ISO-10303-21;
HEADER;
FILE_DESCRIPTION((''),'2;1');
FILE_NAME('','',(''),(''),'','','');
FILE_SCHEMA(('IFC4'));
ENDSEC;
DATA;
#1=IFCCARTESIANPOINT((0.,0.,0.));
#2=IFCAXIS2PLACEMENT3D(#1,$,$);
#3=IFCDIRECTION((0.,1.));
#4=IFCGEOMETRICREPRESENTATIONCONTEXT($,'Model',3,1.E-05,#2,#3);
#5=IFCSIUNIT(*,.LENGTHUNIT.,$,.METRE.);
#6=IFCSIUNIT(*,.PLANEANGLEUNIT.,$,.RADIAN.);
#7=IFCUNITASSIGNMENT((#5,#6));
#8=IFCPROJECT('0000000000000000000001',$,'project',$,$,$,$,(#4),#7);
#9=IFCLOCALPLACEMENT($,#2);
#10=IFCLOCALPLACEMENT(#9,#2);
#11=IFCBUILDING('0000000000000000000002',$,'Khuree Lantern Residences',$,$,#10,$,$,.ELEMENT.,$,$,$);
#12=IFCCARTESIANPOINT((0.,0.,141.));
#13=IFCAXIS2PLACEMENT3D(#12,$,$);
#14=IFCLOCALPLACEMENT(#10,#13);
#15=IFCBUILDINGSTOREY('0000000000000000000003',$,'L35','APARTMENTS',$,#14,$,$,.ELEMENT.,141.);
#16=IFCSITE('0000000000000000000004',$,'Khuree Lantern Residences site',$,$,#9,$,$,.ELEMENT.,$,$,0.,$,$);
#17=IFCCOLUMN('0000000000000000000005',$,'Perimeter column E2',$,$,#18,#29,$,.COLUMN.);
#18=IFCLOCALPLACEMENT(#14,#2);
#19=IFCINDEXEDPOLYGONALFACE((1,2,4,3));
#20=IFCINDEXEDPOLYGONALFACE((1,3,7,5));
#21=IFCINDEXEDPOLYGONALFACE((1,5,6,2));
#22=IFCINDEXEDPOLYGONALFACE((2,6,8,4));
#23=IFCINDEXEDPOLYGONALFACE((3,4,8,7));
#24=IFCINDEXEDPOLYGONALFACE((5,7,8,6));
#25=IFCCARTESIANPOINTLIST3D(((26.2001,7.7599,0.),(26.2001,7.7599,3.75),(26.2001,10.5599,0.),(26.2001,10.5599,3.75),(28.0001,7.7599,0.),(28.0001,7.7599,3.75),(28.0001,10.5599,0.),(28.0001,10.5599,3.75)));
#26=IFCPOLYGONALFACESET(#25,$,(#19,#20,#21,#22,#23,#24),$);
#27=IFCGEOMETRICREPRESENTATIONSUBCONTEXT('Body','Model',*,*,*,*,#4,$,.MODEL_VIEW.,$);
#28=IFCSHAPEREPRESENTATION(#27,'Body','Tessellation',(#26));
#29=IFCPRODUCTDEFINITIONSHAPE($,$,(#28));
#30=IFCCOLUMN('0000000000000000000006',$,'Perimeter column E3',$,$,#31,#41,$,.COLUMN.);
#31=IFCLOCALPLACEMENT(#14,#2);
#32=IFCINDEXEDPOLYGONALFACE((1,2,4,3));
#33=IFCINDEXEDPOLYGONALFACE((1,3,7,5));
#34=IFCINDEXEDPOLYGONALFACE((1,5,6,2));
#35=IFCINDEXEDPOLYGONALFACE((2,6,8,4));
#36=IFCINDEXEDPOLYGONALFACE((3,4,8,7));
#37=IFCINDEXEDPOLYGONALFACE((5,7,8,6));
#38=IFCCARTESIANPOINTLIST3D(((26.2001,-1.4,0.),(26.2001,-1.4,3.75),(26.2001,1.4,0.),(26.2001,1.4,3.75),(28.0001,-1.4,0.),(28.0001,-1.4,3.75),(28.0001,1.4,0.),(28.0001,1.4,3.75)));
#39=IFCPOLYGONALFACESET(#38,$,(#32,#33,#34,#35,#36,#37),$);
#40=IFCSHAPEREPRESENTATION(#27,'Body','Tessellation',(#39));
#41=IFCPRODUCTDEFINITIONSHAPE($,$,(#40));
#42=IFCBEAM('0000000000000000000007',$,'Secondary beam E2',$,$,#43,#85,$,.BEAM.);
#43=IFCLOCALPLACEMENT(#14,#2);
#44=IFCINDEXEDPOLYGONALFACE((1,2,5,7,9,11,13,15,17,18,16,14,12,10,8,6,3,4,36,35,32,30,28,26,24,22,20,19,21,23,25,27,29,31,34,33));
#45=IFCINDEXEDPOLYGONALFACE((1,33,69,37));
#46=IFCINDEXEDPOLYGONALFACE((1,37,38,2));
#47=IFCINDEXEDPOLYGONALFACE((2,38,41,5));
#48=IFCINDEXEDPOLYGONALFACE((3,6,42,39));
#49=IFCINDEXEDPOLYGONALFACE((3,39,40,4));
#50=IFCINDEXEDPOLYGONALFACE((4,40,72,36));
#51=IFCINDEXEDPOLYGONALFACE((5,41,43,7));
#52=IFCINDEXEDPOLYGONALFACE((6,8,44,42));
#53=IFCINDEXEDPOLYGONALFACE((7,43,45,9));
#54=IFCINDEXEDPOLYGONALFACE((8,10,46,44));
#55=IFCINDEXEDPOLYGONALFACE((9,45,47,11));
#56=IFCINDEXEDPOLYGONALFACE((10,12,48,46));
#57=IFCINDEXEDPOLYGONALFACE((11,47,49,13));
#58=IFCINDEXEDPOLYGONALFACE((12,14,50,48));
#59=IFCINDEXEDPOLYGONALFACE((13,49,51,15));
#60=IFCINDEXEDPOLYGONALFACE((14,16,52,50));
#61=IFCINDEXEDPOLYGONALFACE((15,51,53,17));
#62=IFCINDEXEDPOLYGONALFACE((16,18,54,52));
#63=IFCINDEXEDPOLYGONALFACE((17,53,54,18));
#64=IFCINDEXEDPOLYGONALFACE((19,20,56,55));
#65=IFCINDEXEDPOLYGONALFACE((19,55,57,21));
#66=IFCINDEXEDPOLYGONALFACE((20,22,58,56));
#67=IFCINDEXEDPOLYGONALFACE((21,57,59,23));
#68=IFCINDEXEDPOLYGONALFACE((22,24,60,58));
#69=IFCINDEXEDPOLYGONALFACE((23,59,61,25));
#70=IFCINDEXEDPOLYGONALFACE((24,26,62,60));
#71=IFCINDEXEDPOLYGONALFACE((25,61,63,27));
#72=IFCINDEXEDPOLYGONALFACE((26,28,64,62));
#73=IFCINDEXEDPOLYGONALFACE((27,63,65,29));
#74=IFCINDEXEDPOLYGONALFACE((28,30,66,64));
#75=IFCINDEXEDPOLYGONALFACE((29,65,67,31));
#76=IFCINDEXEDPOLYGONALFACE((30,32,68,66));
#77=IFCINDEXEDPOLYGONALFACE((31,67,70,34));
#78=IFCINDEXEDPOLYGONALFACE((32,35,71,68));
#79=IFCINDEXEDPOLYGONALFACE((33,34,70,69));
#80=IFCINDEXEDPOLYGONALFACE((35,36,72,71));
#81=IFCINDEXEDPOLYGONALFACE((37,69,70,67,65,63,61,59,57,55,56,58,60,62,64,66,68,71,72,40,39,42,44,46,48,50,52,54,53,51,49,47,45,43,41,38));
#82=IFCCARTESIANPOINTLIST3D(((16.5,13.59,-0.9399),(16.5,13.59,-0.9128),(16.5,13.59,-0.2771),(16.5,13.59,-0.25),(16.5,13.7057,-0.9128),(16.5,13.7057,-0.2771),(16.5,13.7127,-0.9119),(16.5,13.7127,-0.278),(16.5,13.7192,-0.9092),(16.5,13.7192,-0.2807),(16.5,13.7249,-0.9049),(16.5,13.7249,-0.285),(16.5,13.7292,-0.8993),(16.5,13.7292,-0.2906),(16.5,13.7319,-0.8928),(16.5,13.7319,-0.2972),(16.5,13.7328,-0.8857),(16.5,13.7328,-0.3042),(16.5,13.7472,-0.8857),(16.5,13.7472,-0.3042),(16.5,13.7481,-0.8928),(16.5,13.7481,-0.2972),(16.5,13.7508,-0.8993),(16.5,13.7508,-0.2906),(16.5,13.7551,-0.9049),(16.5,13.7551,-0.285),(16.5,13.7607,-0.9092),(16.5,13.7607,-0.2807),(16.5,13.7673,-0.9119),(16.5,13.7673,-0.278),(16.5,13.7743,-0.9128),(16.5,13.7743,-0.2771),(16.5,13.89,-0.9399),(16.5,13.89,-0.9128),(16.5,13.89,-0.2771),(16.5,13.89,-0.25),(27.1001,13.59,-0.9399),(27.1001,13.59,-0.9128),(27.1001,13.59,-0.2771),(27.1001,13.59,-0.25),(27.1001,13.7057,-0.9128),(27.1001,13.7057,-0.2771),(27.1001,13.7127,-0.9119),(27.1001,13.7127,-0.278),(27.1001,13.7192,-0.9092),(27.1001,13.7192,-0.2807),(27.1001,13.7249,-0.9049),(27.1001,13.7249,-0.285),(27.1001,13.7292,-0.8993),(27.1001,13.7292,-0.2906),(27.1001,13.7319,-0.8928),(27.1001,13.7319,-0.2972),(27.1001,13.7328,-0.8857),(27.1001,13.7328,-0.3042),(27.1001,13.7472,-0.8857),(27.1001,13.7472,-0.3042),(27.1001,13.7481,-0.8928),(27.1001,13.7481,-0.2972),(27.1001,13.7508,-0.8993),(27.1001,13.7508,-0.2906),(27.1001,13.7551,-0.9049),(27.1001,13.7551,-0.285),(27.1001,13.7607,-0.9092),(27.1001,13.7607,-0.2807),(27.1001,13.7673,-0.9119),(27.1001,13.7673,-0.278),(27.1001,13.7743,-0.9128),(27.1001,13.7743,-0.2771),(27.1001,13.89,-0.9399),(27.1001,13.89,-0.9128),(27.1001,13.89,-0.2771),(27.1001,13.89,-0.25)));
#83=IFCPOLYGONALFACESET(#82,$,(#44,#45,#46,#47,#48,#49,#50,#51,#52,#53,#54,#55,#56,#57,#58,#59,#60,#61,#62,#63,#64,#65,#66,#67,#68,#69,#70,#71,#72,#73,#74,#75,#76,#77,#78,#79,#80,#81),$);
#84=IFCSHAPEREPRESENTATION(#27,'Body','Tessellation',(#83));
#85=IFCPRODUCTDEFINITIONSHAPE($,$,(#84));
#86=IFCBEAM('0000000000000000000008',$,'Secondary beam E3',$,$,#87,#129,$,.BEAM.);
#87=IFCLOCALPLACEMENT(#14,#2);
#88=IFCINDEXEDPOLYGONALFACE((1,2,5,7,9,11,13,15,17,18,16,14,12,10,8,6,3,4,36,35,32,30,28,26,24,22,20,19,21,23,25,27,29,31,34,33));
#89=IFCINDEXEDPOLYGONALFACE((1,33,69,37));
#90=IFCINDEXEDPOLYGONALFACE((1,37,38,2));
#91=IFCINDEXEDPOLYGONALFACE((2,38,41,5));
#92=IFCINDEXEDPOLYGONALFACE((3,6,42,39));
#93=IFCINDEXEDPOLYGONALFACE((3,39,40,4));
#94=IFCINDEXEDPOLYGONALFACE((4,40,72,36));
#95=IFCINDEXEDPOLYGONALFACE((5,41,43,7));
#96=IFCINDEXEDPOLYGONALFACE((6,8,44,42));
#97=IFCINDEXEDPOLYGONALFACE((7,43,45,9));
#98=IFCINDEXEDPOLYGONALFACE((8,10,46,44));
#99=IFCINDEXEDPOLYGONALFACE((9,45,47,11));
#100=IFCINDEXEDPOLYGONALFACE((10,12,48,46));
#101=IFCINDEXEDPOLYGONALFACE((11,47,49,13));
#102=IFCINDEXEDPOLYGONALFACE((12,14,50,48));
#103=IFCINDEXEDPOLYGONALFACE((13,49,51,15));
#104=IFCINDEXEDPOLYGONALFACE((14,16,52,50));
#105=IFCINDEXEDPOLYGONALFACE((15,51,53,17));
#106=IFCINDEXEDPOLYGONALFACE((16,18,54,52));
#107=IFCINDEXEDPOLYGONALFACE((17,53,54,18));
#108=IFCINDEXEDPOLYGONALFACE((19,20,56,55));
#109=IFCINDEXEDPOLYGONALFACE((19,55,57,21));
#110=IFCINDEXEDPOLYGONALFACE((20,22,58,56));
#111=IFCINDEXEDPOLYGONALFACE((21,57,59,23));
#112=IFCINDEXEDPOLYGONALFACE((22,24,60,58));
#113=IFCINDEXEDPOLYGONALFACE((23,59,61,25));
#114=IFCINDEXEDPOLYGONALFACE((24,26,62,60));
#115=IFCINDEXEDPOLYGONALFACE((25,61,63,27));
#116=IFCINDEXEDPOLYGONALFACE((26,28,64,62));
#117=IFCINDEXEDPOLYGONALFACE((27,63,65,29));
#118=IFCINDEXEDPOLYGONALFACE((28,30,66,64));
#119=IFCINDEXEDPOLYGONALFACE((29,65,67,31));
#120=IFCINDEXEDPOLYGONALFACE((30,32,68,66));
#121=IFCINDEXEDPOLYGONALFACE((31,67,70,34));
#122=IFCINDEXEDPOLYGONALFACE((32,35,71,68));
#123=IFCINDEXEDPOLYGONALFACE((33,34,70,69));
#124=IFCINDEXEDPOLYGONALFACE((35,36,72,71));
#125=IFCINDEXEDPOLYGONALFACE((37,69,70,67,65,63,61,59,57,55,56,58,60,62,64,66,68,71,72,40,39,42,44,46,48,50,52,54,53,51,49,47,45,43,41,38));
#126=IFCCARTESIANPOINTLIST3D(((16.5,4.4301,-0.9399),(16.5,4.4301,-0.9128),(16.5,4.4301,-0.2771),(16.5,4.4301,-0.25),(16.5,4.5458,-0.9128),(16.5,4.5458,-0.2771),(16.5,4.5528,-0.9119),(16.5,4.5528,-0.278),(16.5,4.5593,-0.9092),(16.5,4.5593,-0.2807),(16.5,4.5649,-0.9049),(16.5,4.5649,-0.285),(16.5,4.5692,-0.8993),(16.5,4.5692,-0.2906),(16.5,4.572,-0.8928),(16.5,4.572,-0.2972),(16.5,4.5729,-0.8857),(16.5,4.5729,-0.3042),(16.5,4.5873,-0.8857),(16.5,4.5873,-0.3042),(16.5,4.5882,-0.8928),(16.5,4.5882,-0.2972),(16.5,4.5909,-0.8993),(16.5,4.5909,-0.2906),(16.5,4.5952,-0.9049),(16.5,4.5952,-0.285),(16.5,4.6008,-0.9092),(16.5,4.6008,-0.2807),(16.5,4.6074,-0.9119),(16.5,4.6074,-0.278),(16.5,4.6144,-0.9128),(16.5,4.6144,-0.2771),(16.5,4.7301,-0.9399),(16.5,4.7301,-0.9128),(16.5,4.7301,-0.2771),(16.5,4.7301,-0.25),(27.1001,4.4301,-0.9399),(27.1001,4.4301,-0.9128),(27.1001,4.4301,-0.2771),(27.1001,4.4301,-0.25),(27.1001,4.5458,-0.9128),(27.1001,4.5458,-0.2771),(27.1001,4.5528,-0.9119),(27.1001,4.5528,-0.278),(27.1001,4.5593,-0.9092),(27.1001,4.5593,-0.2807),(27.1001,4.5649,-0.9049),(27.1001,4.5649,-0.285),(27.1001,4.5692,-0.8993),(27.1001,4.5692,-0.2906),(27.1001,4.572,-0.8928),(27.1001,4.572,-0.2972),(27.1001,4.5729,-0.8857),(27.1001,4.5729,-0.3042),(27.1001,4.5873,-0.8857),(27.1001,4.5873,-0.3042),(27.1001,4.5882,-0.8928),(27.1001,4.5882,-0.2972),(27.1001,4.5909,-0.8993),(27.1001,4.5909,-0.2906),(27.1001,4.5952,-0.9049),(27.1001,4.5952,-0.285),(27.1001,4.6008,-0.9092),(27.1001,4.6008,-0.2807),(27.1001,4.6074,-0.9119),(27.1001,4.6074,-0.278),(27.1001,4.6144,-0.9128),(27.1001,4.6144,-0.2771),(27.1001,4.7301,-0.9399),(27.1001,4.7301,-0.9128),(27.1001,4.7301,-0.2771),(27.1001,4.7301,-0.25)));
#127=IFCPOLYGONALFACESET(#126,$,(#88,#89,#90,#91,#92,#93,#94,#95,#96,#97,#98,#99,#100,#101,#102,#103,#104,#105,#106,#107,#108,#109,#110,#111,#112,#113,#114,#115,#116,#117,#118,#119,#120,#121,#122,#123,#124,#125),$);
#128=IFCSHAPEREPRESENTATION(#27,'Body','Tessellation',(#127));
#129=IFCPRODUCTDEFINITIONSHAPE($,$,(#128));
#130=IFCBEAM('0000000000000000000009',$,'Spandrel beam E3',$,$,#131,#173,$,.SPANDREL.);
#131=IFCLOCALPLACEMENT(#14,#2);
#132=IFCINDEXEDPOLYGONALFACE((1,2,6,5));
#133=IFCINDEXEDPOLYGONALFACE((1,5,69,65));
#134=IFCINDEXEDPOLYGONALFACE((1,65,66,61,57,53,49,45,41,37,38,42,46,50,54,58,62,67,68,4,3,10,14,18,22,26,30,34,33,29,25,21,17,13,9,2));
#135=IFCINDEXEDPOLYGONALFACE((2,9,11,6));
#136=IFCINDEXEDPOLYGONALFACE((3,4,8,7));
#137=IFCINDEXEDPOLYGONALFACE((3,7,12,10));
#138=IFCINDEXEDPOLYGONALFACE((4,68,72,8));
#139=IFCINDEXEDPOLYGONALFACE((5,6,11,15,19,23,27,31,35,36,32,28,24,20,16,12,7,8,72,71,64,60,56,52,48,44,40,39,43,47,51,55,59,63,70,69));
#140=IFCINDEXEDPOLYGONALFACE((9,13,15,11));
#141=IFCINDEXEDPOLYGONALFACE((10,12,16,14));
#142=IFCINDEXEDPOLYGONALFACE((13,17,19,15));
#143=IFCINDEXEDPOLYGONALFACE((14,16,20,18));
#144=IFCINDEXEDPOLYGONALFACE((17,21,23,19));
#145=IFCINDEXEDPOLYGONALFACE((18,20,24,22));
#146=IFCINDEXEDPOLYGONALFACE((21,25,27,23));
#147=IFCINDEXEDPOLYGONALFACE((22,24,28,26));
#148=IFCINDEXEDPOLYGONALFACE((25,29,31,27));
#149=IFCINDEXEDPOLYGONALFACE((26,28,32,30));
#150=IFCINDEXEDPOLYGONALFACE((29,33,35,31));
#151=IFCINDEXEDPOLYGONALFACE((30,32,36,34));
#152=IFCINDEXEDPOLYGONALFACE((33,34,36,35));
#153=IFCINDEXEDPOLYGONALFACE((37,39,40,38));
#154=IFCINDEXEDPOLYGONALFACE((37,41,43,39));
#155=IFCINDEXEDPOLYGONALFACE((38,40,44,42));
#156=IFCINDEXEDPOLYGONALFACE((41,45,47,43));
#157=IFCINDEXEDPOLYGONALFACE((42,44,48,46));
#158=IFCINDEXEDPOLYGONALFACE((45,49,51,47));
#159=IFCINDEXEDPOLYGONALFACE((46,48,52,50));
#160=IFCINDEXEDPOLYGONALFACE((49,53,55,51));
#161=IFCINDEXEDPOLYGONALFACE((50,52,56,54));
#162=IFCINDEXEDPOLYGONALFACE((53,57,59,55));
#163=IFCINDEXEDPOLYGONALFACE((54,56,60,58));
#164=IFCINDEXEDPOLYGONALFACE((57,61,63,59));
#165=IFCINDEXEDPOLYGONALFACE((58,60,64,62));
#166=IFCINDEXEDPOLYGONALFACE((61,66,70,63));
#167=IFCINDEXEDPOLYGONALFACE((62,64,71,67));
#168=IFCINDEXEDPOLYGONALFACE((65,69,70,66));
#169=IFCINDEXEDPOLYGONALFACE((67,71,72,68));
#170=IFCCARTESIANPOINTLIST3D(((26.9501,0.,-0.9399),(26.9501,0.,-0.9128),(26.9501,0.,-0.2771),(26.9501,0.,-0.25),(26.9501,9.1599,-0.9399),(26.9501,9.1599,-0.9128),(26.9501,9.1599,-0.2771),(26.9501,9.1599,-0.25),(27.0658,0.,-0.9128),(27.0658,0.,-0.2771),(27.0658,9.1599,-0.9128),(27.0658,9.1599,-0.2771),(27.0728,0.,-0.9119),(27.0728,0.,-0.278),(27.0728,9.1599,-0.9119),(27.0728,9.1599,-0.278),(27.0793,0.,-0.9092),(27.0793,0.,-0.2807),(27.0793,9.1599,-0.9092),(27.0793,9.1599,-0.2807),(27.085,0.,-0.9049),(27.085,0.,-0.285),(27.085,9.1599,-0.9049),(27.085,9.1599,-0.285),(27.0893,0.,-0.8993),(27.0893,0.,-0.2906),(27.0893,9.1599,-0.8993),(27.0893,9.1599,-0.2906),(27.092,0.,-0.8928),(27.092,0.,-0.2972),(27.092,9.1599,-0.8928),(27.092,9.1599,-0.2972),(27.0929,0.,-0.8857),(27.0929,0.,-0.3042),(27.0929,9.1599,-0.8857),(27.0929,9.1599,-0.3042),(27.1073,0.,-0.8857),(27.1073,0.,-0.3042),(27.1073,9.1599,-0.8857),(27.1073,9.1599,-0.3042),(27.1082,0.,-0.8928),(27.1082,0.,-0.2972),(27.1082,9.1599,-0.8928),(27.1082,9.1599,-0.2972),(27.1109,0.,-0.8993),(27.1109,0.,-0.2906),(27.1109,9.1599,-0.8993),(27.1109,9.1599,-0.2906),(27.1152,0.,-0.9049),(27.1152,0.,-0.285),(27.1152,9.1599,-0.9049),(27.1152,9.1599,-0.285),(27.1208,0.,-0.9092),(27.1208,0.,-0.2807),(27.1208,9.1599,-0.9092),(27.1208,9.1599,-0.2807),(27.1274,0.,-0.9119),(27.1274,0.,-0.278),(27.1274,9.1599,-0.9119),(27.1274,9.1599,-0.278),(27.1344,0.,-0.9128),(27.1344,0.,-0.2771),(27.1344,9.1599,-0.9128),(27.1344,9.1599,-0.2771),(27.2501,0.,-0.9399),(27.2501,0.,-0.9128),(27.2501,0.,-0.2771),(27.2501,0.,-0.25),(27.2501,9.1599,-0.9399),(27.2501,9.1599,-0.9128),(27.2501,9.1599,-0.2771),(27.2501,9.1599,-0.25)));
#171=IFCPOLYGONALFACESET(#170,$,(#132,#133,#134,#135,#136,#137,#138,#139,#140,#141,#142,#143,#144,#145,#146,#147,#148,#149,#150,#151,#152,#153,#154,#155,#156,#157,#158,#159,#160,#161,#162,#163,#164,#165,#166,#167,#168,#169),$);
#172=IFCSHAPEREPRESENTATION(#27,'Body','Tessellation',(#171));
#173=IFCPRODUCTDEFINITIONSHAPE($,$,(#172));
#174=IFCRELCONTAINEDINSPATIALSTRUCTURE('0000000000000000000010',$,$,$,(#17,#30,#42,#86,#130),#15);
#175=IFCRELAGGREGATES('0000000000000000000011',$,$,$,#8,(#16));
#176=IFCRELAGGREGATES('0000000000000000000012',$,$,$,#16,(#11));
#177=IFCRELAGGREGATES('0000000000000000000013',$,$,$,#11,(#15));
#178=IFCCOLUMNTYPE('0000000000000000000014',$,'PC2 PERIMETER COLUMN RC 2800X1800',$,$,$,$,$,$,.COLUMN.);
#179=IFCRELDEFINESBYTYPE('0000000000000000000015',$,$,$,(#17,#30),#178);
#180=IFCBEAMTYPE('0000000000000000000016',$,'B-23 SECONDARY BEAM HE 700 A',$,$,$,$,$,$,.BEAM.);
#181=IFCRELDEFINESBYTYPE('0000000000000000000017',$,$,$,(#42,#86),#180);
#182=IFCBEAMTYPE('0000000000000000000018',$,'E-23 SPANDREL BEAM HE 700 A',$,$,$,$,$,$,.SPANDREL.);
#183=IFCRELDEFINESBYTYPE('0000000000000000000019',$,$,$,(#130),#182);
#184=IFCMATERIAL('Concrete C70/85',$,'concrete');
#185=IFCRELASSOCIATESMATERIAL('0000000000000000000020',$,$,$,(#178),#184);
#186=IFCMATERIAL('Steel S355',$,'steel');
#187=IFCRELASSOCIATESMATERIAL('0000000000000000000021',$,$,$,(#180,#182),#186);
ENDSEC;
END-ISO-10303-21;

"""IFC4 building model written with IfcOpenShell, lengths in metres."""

from ifc_helpers import new_model, si_unit, direction, frame, origin, origin_2d, place, context, subcontext, project, spatial, rectangle, i_section, extrude, material, material_profile, profile_set, type_object, element, save


model = new_model("IFC4")

# Units and contexts
model_context = context("Model", 3, precision=1e-05, world=origin(), true_north=direction((0.0, 1.0)))
body_context = subcontext(model_context, "Body", "Model", "MODEL_VIEW")
ifc_project = project(units=[si_unit("LENGTHUNIT", "METRE"), si_unit("PLANEANGLEUNIT", "RADIAN")], contexts=[model_context])

# Site, building, storey
site_placement = place(None, origin())
site = spatial("IfcSite", under=ifc_project, at=site_placement, Name="Khuree Lantern Residences site", CompositionType="ELEMENT", RefElevation=0.0)
building_placement = place(site_placement, origin())
building = spatial("IfcBuilding", under=site, at=building_placement, Name="Khuree Lantern Residences", CompositionType="ELEMENT")
storey_placement = place(building_placement, frame((0.0, 0.0, 141.0)))
storey = spatial("IfcBuildingStorey", under=building, at=storey_placement, Name="L35", Description="APARTMENTS", CompositionType="ELEMENT", Elevation=141.0)

# Columns
ifc_material_1 = material(Name="Concrete C70/85", Category="concrete")
ifc_material_profile_1 = material_profile(ifc_material_1, rectangle(XDim=2.8, YDim=1.8, at=origin_2d()), Name="RC 2800X1800")
ifc_profile_set_1 = profile_set([ifc_material_profile_1], Name="Concrete C70/85")
column_type = type_object("IfcColumnType", Name="PC2 PERIMETER COLUMN RC 2800X1800", PredefinedType="COLUMN", material=ifc_profile_set_1)
for number, where, z_axis, x_axis, name in (
    (1, (27.1001, 9.1599, 0.0), (0.0, 0.0, 1.0), (0.0, 1.0, 0.0), "Perimeter column E2"),
    (2, (27.1001, 0.0, 0.0), (0.0, 0.0, 1.0), (0.0, 1.0, 0.0), "Perimeter column E3"),
):
    element("IfcColumn", number, at=place(storey_placement, frame(where, z_axis=z_axis, x_axis=x_axis)), inside=storey, type_object=column_type, Name=name, PredefinedType="COLUMN", context=body_context, shape_type="SweptSolid", body=[
        extrude(rectangle(XDim=2.8, YDim=1.8, at=origin_2d()), origin(), (0.0, 0.0, 1.0), 3.75),
    ])

# Beams
ifc_material_2 = material(Name="Steel S355", Category="steel")
ifc_material_profile_2 = material_profile(ifc_material_2, i_section(OverallWidth=0.3, OverallDepth=0.6899, WebThickness=0.0144, FlangeThickness=0.0271, FilletRadius=0.0271, at=origin_2d()), Name="HE 700 A")
ifc_profile_set_2 = profile_set([ifc_material_profile_2], Name="Steel S355")
beam_type_1 = type_object("IfcBeamType", Name="B-23 SECONDARY BEAM HE 700 A", PredefinedType="BEAM", material=ifc_profile_set_2)
for number, where, z_axis, x_axis, name in (
    (3, (27.1001, 13.74, -0.595), (-1.0, 0.0, 0.0), (0.0, -1.0, 0.0), "Secondary beam E2"),
    (4, (27.1001, 4.5801, -0.595), (-1.0, 0.0, 0.0), (0.0, -1.0, 0.0), "Secondary beam E3"),
):
    element("IfcBeam", number, at=place(storey_placement, frame(where, z_axis=z_axis, x_axis=x_axis)), inside=storey, type_object=beam_type_1, Name=name, PredefinedType="BEAM", context=body_context, shape_type="SweptSolid", body=[
        extrude(i_section(OverallWidth=0.3, OverallDepth=0.6899, WebThickness=0.0144, FlangeThickness=0.0271, FilletRadius=0.0271, at=origin_2d()), origin(), (0.0, 0.0, 1.0), 10.6001),
    ])
ifc_material_profile_3 = material_profile(ifc_material_2, i_section(OverallWidth=0.3, OverallDepth=0.6899, WebThickness=0.0144, FlangeThickness=0.0271, FilletRadius=0.0271, at=origin_2d()), Name="HE 700 A")
ifc_profile_set_3 = profile_set([ifc_material_profile_3], Name="Steel S355")
beam_type_2 = type_object("IfcBeamType", Name="E-23 SPANDREL BEAM HE 700 A", PredefinedType="SPANDREL", material=ifc_profile_set_3)
for number, where, z_axis, x_axis, name in (
    (5, (27.1001, 9.1599, -0.595), (0.0, -1.0, 0.0), (1.0, 0.0, 0.0), "Spandrel beam E3"),
):
    element("IfcBeam", number, at=place(storey_placement, frame(where, z_axis=z_axis, x_axis=x_axis)), inside=storey, type_object=beam_type_2, Name=name, PredefinedType="SPANDREL", context=body_context, shape_type="SweptSolid", body=[
        extrude(i_section(OverallWidth=0.3, OverallDepth=0.6899, WebThickness=0.0144, FlangeThickness=0.0271, FilletRadius=0.0271, at=origin_2d()), origin(), (0.0, 0.0, 1.0), 9.1599),
    ])

save(model, "model.ifc")
